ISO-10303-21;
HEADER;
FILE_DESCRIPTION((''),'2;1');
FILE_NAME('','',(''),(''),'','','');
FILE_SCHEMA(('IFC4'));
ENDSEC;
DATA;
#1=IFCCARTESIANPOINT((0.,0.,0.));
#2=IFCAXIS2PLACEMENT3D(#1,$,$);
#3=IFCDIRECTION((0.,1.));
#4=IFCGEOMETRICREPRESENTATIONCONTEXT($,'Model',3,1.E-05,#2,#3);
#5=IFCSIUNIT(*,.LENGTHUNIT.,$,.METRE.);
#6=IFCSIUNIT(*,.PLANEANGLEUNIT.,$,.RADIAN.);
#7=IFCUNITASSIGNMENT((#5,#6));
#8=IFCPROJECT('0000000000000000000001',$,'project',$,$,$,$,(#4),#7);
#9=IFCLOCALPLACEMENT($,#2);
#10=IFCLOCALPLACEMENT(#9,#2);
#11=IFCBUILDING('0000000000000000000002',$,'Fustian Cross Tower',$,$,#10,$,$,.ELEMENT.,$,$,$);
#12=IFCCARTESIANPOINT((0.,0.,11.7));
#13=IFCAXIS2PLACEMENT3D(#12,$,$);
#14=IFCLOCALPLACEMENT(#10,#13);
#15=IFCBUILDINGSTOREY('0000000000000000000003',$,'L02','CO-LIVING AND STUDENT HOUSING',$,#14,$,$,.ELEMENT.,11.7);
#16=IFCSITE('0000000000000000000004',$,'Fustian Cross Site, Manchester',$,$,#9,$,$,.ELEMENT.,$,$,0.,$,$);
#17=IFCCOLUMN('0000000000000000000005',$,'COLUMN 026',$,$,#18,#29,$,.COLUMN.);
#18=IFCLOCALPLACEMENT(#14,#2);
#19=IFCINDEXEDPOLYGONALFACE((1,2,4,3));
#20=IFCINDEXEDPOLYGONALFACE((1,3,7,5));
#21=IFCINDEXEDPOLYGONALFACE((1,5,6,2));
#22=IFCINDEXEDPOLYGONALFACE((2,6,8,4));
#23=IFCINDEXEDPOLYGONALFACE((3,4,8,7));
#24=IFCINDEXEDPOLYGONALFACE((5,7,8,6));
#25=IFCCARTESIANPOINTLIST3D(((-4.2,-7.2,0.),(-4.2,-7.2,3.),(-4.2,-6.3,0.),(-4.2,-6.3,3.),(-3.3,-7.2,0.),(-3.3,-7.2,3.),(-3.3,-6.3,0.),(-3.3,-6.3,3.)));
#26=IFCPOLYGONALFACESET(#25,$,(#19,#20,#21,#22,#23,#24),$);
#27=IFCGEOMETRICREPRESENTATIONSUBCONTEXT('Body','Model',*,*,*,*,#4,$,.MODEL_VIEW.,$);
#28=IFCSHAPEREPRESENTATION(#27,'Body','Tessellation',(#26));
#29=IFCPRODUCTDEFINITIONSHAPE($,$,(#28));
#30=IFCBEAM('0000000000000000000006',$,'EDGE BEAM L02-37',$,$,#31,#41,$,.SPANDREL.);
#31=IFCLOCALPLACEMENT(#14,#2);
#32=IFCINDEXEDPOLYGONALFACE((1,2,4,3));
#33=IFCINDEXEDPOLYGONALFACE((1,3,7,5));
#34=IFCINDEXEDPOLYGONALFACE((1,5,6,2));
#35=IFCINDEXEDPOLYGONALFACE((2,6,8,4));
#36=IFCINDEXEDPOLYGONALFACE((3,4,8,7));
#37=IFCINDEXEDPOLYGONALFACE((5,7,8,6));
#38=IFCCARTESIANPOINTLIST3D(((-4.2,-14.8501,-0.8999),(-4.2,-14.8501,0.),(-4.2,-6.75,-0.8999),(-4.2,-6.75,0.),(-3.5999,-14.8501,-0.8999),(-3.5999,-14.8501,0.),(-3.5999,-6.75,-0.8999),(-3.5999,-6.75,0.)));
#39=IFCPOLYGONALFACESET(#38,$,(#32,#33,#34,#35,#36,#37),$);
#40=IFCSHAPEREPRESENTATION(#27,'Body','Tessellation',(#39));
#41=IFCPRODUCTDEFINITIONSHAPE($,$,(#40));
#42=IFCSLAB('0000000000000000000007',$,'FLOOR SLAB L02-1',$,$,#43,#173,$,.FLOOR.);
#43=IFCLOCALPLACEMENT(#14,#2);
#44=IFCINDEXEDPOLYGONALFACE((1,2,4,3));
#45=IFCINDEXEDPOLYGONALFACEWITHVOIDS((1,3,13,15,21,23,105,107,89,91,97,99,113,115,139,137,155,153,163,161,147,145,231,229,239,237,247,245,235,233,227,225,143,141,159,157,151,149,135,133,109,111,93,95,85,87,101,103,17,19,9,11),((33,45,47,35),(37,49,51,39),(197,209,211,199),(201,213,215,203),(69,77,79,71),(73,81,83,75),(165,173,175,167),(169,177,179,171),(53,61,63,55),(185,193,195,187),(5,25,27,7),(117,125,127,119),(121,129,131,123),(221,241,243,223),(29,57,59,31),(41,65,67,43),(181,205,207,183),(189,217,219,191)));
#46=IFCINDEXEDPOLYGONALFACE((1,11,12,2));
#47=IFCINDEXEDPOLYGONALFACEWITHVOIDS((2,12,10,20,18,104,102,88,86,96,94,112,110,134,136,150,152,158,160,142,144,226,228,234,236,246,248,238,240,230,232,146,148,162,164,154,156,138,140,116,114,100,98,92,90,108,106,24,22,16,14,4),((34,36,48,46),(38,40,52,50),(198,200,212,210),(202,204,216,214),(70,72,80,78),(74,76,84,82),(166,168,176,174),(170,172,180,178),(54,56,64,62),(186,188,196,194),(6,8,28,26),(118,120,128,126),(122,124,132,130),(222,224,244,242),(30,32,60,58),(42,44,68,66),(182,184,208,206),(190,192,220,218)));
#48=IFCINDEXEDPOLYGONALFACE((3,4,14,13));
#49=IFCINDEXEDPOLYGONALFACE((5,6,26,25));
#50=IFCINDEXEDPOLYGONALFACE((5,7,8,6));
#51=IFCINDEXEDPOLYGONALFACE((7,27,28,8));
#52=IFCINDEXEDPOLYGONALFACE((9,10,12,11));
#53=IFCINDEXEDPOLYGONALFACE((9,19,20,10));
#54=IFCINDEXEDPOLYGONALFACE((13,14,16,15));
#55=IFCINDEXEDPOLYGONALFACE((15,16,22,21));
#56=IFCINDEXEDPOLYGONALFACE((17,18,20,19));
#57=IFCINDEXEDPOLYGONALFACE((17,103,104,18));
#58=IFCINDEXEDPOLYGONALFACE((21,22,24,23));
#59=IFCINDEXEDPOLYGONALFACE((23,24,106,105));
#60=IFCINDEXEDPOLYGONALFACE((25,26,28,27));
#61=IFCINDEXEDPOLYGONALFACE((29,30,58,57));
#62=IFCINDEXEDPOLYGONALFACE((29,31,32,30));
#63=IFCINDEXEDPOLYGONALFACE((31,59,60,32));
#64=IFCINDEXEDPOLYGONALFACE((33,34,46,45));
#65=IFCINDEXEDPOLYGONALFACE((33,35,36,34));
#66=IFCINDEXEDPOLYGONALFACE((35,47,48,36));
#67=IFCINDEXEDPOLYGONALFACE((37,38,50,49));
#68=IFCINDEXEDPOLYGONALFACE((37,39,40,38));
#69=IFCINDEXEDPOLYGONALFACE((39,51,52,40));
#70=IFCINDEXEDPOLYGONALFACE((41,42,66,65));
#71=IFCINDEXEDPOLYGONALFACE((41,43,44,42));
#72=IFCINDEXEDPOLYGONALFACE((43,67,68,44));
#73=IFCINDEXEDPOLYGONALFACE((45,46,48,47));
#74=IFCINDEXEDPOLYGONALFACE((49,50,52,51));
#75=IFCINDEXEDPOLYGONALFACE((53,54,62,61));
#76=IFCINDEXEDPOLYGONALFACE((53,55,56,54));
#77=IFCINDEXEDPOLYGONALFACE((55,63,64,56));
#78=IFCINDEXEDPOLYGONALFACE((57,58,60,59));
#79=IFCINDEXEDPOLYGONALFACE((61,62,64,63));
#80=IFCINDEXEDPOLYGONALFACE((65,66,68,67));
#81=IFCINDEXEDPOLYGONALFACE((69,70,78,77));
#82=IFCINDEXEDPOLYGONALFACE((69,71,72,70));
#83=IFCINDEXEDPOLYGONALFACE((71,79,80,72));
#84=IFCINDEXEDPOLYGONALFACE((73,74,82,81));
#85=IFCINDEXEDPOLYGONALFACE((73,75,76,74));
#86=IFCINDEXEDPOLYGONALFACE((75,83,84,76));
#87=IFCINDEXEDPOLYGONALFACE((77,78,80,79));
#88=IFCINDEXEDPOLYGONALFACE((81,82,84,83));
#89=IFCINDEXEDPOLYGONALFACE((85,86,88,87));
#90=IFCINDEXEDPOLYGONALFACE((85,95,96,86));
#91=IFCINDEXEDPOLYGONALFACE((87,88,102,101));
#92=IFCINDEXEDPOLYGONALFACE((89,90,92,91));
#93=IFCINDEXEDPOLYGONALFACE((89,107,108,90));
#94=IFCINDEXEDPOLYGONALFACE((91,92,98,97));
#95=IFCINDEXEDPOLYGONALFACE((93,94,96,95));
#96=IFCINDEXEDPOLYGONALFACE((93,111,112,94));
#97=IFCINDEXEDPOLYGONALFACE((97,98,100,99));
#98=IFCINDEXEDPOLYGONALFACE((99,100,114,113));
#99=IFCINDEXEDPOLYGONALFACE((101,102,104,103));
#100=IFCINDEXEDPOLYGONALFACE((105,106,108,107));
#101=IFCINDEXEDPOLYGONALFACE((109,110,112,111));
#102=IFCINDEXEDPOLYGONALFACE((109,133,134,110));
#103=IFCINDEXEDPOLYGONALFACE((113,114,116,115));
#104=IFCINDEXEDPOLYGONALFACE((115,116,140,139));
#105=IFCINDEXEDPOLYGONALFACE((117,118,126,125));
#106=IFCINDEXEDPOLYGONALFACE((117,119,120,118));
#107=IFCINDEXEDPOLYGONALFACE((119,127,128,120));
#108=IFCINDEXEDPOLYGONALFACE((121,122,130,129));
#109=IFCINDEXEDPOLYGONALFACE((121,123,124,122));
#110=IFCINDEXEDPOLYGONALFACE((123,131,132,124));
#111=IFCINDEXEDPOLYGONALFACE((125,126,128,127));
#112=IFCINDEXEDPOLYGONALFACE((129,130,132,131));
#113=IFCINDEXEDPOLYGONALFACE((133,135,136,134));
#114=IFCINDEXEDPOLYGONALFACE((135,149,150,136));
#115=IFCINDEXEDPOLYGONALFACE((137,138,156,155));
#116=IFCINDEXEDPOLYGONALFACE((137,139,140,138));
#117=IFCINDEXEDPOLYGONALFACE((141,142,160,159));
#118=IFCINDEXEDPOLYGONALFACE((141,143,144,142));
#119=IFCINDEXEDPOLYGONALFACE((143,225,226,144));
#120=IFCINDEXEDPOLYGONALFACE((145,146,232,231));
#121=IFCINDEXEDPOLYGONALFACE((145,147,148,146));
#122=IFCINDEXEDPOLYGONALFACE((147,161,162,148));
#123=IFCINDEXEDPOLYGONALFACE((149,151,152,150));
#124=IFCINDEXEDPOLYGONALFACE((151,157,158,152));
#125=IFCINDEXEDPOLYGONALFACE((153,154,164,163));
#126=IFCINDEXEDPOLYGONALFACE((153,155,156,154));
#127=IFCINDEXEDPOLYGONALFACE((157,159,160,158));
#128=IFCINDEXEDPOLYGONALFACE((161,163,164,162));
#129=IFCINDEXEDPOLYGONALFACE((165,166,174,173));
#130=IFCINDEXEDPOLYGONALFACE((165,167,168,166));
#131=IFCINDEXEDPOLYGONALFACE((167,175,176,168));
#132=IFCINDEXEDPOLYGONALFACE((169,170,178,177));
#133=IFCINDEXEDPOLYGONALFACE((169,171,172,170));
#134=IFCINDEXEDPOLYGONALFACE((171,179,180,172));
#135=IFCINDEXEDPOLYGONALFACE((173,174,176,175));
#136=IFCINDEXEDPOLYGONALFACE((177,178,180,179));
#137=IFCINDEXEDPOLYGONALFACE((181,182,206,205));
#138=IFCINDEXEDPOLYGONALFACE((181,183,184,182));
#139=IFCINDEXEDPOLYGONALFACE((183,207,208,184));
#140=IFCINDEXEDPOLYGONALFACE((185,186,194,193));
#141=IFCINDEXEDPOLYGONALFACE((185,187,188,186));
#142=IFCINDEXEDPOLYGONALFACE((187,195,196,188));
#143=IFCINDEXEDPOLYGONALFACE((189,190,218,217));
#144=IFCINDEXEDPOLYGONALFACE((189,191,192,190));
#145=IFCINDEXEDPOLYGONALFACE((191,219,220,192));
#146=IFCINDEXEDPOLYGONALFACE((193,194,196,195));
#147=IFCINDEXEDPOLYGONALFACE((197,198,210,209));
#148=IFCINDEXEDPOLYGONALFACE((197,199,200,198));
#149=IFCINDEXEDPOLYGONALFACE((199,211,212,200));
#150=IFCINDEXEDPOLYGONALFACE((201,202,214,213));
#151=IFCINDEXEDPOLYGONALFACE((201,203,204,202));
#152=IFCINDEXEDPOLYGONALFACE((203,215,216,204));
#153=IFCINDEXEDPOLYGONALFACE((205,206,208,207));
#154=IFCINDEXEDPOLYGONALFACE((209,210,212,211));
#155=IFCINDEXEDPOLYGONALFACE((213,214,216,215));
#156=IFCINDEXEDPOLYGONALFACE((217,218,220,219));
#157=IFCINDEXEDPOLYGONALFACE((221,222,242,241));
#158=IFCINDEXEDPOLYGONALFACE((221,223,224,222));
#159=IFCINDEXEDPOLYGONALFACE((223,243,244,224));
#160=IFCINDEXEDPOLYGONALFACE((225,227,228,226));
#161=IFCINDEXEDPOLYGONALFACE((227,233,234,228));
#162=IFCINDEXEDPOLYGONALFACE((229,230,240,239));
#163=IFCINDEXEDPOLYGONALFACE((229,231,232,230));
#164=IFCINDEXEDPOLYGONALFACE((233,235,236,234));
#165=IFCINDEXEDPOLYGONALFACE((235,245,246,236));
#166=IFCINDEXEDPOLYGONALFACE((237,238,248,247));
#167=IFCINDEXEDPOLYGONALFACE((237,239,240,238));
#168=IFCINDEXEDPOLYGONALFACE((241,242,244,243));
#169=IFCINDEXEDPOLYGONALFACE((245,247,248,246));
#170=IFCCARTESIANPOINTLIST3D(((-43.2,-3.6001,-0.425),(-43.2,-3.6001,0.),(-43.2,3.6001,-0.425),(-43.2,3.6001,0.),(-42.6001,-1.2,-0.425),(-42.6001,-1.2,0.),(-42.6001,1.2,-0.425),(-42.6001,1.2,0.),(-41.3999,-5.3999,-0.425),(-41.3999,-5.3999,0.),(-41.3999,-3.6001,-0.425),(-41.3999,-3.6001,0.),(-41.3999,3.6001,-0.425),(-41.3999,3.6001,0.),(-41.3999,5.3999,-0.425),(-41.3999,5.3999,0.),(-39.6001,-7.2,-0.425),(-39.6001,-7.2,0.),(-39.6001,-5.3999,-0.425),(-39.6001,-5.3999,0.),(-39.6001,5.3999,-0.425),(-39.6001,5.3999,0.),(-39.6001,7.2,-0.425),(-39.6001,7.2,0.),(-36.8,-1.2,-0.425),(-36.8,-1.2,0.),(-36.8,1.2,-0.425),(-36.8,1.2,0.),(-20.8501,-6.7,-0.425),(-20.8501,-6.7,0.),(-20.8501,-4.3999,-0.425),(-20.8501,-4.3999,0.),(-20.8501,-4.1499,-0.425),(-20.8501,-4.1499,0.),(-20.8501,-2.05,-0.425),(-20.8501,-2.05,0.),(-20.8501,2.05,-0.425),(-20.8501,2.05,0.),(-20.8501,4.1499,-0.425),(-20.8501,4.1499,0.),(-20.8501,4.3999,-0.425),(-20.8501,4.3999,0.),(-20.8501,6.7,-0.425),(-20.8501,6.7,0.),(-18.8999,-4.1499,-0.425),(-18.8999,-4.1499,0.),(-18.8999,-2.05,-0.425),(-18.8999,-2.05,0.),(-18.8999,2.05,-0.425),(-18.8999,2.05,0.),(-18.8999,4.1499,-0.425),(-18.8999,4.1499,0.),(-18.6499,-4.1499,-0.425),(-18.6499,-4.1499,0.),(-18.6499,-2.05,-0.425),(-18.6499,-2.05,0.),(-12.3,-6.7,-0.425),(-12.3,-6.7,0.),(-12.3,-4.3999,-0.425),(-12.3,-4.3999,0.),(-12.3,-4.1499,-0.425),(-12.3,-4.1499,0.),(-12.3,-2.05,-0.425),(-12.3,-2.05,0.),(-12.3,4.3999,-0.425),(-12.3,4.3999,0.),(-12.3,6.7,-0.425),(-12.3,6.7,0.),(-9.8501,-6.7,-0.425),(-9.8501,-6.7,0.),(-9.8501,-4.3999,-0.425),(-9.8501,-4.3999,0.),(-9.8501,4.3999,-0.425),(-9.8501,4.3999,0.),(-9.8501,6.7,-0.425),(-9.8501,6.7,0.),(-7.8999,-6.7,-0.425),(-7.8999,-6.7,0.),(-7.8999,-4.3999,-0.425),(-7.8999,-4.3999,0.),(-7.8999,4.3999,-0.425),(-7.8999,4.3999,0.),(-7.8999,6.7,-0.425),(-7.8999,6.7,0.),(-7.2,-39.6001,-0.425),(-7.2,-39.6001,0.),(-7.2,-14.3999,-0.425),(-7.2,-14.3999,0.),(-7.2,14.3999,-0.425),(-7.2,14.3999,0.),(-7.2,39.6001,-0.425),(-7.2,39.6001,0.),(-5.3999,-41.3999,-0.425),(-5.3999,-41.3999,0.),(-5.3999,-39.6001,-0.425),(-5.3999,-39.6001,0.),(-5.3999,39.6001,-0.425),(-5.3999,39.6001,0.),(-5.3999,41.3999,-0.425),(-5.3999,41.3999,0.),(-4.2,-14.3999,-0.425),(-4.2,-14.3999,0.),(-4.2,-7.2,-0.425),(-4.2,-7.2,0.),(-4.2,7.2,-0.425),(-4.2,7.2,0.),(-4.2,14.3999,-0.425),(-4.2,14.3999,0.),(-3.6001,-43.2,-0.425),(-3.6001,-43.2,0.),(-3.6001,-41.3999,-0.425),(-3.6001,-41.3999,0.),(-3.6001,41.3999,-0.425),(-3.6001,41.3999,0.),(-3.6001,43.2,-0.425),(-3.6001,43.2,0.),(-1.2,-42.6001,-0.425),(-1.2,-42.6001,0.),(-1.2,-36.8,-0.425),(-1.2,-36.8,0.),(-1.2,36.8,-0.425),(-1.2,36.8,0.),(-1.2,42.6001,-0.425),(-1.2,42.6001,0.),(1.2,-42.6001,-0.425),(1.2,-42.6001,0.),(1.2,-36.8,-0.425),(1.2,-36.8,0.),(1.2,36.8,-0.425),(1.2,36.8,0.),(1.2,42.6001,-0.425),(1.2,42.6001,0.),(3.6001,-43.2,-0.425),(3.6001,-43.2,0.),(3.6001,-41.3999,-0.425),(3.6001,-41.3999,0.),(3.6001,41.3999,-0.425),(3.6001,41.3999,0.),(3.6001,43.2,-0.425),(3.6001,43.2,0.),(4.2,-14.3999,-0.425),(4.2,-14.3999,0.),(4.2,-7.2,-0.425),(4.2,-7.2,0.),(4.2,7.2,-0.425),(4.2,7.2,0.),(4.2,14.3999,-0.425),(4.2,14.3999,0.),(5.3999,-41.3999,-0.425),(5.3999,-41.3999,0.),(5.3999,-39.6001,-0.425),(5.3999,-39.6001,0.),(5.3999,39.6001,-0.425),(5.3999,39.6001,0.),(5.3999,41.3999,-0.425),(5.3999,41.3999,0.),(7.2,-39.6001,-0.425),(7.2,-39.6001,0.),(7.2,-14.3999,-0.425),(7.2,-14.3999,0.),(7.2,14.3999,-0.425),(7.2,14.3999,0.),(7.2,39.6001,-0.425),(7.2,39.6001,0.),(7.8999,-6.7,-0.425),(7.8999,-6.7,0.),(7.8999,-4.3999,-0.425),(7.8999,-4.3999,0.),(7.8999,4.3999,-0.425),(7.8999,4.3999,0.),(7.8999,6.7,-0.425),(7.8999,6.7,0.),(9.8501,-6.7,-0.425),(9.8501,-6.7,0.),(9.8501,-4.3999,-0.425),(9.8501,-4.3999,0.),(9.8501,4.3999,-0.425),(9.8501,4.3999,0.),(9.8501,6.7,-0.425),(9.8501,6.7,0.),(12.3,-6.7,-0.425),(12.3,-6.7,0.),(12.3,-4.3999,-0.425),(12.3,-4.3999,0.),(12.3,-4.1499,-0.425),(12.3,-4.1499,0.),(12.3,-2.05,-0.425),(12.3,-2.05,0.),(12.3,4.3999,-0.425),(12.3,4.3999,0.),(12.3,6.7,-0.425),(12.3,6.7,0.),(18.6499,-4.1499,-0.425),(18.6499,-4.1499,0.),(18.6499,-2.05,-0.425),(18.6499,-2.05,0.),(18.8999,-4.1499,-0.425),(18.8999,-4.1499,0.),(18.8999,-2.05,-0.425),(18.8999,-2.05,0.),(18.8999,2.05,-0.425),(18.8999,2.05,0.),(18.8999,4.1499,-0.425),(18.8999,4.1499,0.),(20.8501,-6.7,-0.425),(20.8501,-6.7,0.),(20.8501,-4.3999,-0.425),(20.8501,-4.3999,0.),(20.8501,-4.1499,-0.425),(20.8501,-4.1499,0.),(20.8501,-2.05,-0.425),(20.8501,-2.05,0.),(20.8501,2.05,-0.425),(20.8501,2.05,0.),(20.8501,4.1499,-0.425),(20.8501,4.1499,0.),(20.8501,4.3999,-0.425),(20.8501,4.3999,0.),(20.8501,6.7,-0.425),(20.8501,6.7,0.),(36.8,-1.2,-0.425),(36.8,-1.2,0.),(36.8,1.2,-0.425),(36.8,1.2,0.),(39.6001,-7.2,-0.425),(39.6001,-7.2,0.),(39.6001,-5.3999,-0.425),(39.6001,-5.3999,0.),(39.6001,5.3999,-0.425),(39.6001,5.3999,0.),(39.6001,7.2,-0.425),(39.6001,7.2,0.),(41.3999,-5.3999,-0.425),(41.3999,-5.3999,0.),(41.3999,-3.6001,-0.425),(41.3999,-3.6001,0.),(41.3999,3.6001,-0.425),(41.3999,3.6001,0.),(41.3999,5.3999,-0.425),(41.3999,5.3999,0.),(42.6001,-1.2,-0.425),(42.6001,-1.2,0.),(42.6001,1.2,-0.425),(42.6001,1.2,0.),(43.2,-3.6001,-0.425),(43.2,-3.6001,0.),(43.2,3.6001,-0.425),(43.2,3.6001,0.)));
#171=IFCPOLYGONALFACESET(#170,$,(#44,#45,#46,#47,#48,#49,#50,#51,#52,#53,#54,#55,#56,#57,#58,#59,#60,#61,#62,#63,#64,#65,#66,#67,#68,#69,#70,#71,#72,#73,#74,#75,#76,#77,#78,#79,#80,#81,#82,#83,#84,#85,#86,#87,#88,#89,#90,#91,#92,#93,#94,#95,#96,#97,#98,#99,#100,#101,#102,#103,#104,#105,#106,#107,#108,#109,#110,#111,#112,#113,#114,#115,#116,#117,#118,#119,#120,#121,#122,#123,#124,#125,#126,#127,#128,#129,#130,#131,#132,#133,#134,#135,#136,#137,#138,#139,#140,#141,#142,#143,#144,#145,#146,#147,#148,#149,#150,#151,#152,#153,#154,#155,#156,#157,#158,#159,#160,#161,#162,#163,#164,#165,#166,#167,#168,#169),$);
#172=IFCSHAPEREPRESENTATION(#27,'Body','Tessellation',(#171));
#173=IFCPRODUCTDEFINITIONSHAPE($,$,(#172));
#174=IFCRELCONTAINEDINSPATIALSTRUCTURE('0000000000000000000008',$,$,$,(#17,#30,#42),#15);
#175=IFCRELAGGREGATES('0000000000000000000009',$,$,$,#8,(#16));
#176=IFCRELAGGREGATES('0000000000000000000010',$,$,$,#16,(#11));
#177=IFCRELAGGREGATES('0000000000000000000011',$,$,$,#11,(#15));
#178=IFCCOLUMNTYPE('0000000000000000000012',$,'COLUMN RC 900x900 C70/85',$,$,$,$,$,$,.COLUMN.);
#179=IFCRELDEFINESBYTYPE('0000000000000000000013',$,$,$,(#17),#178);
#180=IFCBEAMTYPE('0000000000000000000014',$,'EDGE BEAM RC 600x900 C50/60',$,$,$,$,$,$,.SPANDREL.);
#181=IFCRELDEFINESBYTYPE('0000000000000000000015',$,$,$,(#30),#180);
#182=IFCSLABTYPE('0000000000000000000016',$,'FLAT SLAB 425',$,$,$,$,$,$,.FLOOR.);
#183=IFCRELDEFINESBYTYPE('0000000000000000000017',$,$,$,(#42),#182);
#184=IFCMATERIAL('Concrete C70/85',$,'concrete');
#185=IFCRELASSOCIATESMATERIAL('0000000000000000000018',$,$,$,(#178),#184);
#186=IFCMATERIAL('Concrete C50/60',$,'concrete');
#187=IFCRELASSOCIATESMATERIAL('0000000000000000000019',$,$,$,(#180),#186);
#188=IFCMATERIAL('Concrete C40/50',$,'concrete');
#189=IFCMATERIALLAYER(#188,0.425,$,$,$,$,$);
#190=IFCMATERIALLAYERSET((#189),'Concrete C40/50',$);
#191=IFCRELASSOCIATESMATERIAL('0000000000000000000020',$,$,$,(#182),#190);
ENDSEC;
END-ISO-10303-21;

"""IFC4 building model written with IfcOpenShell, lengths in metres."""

from ifc_helpers import new_model, si_unit, direction, frame, origin, origin_2d, place, context, subcontext, project, spatial, polyline, rectangle, outline, extrude, material, layer, layer_set, material_profile, profile_set, type_object, element, save


model = new_model("IFC4")

# Units and contexts
model_context = context("Model", 3, precision=1e-05, world=origin(), true_north=direction((0.0, 1.0)))
body_context = subcontext(model_context, "Body", "Model", "MODEL_VIEW")
ifc_project = project(units=[si_unit("LENGTHUNIT", "METRE"), si_unit("PLANEANGLEUNIT", "RADIAN")], contexts=[model_context])

# Site, building, storey
site_placement = place(None, origin())
site = spatial("IfcSite", under=ifc_project, at=site_placement, Name="Fustian Cross Site, Manchester", CompositionType="ELEMENT", RefElevation=0.0)
building_placement = place(site_placement, origin())
building = spatial("IfcBuilding", under=site, at=building_placement, Name="Fustian Cross Tower", CompositionType="ELEMENT")
storey_placement = place(building_placement, frame((0.0, 0.0, 11.7)))
storey = spatial("IfcBuildingStorey", under=building, at=storey_placement, Name="L02", Description="CO-LIVING AND STUDENT HOUSING", CompositionType="ELEMENT", Elevation=11.7)

# Column
ifc_material_1 = material(Name="Concrete C70/85", Category="concrete")
ifc_material_profile_1 = material_profile(ifc_material_1, rectangle(XDim=0.8999, YDim=0.8999, at=origin_2d()), Name="RC 900x900")
ifc_profile_set_1 = profile_set([ifc_material_profile_1], Name="Concrete C70/85")
column_type = type_object("IfcColumnType", Name="COLUMN RC 900x900 C70/85", PredefinedType="COLUMN", material=ifc_profile_set_1)
column_placement = place(storey_placement, frame((-3.75, -6.75, 0.0), z_axis=(0.0, 0.0, 1.0), x_axis=(1.0, 0.0, 0.0)))
element("IfcColumn", 1, at=column_placement, inside=storey, type_object=column_type, Name="COLUMN 026", PredefinedType="COLUMN", context=body_context, shape_type="SweptSolid", body=[
    extrude(rectangle(XDim=0.8999, YDim=0.8999, at=origin_2d()), origin(), (0.0, 0.0, 1.0), 3.0),
])

# Beam
ifc_material_2 = material(Name="Concrete C50/60", Category="concrete")
ifc_material_profile_2 = material_profile(ifc_material_2, rectangle(XDim=0.6001, YDim=0.8999, at=origin_2d()), Name="RC 600x900")
ifc_profile_set_2 = profile_set([ifc_material_profile_2], Name="Concrete C50/60")
beam_type = type_object("IfcBeamType", Name="EDGE BEAM RC 600x900 C50/60", PredefinedType="SPANDREL", material=ifc_profile_set_2)
beam_placement = place(storey_placement, frame((-3.8999, -6.75, -0.45), z_axis=(0.0, -1.0, 0.0), x_axis=(1.0, 0.0, 0.0)))
element("IfcBeam", 2, at=beam_placement, inside=storey, type_object=beam_type, Name="EDGE BEAM L02-37", PredefinedType="SPANDREL", context=body_context, shape_type="SweptSolid", body=[
    extrude(rectangle(XDim=0.6001, YDim=0.8999, at=origin_2d()), origin(), (0.0, 0.0, 1.0), 8.1001),
])

# Slab
ifc_material_3 = material(Name="Concrete C40/50", Category="concrete")
ifc_layer_1 = layer(ifc_material_3, 0.425)
ifc_layer_set_1 = layer_set([ifc_layer_1], Name="Concrete C40/50")
slab_type = type_object("IfcSlabType", Name="FLAT SLAB 425", PredefinedType="FLOOR", material=ifc_layer_set_1)
slab_placement = place(storey_placement, frame((0.0, 0.0, -0.425)))
element("IfcSlab", 3, at=slab_placement, inside=storey, type_object=slab_type, Name="FLOOR SLAB L02-1", PredefinedType="FLOOR", context=body_context, shape_type="SweptSolid", body=[
    extrude(outline(polyline([(-4.2, -7.2), (-39.6001, -7.2), (-39.6001, -5.3999), (-41.3999, -5.3999), (-41.3999, -3.6001), (-43.2, -3.6001), (-43.2, 3.6001), (-41.3999, 3.6001), (-41.3999, 5.3999), (-39.6001, 5.3999), (-39.6001, 7.2), (-4.2, 7.2), (-4.2, 14.3999), (-7.2, 14.3999), (-7.2, 39.6001), (-5.3999, 39.6001), (-5.3999, 41.3999), (-3.6001, 41.3999), (-3.6001, 43.2), (3.6001, 43.2), (3.6001, 41.3999), (5.3999, 41.3999), (5.3999, 39.6001), (7.2, 39.6001), (7.2, 14.3999), (4.2, 14.3999), (4.2, 7.2), (39.6001, 7.2), (39.6001, 5.3999), (41.3999, 5.3999), (41.3999, 3.6001), (43.2, 3.6001), (43.2, -3.6001), (41.3999, -3.6001), (41.3999, -5.3999), (39.6001, -5.3999), (39.6001, -7.2), (4.2, -7.2), (4.2, -14.3999), (7.2, -14.3999), (7.2, -39.6001), (5.3999, -39.6001), (5.3999, -41.3999), (3.6001, -41.3999), (3.6001, -43.2), (-3.6001, -43.2), (-3.6001, -41.3999), (-5.3999, -41.3999), (-5.3999, -39.6001), (-7.2, -39.6001), (-7.2, -14.3999), (-4.2, -14.3999), (-4.2, -7.2)]), holes=[polyline([(18.8999, -2.05), (18.8999, -4.1499), (20.8501, -4.1499), (20.8501, -2.05), (18.8999, -2.05)]), polyline([(20.8501, 4.1499), (18.8999, 4.1499), (18.8999, 2.05), (20.8501, 2.05), (20.8501, 4.1499)]), polyline([(9.8501, 4.3999), (9.8501, 6.7), (7.8999, 6.7), (7.8999, 4.3999), (9.8501, 4.3999)]), polyline([(7.8999, -6.7), (9.8501, -6.7), (9.8501, -4.3999), (7.8999, -4.3999), (7.8999, -6.7)]), polyline([(-20.8501, -2.05), (-20.8501, -4.1499), (-18.8999, -4.1499), (-18.8999, -2.05), (-20.8501, -2.05)]), polyline([(-18.8999, 4.1499), (-20.8501, 4.1499), (-20.8501, 2.05), (-18.8999, 2.05), (-18.8999, 4.1499)]), polyline([(-7.8999, 4.3999), (-7.8999, 6.7), (-9.8501, 6.7), (-9.8501, 4.3999), (-7.8999, 4.3999)]), polyline([(-9.8501, -6.7), (-7.8999, -6.7), (-7.8999, -4.3999), (-9.8501, -4.3999), (-9.8501, -6.7)]), polyline([(12.3, -2.05), (12.3, -4.1499), (18.6499, -4.1499), (18.6499, -2.05), (12.3, -2.05)]), polyline([(-12.3, -2.05), (-18.6499, -2.05), (-18.6499, -4.1499), (-12.3, -4.1499), (-12.3, -2.05)]), polyline([(20.8501, 4.3999), (20.8501, 6.7), (12.3, 6.7), (12.3, 4.3999), (20.8501, 4.3999)]), polyline([(12.3, -6.7), (20.8501, -6.7), (20.8501, -4.3999), (12.3, -4.3999), (12.3, -6.7)]), polyline([(-20.8501, 6.7), (-20.8501, 4.3999), (-12.3, 4.3999), (-12.3, 6.7), (-20.8501, 6.7)]), polyline([(-12.3, -4.3999), (-20.8501, -4.3999), (-20.8501, -6.7), (-12.3, -6.7), (-12.3, -4.3999)]), polyline([(1.2, 36.8), (1.2, 42.6001), (-1.2, 42.6001), (-1.2, 36.8), (1.2, 36.8)]), polyline([(-1.2, -42.6001), (1.2, -42.6001), (1.2, -36.8), (-1.2, -36.8), (-1.2, -42.6001)]), polyline([(36.8, 1.2), (36.8, -1.2), (42.6001, -1.2), (42.6001, 1.2), (36.8, 1.2)]), polyline([(-36.8, 1.2), (-42.6001, 1.2), (-42.6001, -1.2), (-36.8, -1.2), (-36.8, 1.2)])]), origin(), (0.0, 0.0, 1.0), 0.425),
])

save(model, "model.ifc")
